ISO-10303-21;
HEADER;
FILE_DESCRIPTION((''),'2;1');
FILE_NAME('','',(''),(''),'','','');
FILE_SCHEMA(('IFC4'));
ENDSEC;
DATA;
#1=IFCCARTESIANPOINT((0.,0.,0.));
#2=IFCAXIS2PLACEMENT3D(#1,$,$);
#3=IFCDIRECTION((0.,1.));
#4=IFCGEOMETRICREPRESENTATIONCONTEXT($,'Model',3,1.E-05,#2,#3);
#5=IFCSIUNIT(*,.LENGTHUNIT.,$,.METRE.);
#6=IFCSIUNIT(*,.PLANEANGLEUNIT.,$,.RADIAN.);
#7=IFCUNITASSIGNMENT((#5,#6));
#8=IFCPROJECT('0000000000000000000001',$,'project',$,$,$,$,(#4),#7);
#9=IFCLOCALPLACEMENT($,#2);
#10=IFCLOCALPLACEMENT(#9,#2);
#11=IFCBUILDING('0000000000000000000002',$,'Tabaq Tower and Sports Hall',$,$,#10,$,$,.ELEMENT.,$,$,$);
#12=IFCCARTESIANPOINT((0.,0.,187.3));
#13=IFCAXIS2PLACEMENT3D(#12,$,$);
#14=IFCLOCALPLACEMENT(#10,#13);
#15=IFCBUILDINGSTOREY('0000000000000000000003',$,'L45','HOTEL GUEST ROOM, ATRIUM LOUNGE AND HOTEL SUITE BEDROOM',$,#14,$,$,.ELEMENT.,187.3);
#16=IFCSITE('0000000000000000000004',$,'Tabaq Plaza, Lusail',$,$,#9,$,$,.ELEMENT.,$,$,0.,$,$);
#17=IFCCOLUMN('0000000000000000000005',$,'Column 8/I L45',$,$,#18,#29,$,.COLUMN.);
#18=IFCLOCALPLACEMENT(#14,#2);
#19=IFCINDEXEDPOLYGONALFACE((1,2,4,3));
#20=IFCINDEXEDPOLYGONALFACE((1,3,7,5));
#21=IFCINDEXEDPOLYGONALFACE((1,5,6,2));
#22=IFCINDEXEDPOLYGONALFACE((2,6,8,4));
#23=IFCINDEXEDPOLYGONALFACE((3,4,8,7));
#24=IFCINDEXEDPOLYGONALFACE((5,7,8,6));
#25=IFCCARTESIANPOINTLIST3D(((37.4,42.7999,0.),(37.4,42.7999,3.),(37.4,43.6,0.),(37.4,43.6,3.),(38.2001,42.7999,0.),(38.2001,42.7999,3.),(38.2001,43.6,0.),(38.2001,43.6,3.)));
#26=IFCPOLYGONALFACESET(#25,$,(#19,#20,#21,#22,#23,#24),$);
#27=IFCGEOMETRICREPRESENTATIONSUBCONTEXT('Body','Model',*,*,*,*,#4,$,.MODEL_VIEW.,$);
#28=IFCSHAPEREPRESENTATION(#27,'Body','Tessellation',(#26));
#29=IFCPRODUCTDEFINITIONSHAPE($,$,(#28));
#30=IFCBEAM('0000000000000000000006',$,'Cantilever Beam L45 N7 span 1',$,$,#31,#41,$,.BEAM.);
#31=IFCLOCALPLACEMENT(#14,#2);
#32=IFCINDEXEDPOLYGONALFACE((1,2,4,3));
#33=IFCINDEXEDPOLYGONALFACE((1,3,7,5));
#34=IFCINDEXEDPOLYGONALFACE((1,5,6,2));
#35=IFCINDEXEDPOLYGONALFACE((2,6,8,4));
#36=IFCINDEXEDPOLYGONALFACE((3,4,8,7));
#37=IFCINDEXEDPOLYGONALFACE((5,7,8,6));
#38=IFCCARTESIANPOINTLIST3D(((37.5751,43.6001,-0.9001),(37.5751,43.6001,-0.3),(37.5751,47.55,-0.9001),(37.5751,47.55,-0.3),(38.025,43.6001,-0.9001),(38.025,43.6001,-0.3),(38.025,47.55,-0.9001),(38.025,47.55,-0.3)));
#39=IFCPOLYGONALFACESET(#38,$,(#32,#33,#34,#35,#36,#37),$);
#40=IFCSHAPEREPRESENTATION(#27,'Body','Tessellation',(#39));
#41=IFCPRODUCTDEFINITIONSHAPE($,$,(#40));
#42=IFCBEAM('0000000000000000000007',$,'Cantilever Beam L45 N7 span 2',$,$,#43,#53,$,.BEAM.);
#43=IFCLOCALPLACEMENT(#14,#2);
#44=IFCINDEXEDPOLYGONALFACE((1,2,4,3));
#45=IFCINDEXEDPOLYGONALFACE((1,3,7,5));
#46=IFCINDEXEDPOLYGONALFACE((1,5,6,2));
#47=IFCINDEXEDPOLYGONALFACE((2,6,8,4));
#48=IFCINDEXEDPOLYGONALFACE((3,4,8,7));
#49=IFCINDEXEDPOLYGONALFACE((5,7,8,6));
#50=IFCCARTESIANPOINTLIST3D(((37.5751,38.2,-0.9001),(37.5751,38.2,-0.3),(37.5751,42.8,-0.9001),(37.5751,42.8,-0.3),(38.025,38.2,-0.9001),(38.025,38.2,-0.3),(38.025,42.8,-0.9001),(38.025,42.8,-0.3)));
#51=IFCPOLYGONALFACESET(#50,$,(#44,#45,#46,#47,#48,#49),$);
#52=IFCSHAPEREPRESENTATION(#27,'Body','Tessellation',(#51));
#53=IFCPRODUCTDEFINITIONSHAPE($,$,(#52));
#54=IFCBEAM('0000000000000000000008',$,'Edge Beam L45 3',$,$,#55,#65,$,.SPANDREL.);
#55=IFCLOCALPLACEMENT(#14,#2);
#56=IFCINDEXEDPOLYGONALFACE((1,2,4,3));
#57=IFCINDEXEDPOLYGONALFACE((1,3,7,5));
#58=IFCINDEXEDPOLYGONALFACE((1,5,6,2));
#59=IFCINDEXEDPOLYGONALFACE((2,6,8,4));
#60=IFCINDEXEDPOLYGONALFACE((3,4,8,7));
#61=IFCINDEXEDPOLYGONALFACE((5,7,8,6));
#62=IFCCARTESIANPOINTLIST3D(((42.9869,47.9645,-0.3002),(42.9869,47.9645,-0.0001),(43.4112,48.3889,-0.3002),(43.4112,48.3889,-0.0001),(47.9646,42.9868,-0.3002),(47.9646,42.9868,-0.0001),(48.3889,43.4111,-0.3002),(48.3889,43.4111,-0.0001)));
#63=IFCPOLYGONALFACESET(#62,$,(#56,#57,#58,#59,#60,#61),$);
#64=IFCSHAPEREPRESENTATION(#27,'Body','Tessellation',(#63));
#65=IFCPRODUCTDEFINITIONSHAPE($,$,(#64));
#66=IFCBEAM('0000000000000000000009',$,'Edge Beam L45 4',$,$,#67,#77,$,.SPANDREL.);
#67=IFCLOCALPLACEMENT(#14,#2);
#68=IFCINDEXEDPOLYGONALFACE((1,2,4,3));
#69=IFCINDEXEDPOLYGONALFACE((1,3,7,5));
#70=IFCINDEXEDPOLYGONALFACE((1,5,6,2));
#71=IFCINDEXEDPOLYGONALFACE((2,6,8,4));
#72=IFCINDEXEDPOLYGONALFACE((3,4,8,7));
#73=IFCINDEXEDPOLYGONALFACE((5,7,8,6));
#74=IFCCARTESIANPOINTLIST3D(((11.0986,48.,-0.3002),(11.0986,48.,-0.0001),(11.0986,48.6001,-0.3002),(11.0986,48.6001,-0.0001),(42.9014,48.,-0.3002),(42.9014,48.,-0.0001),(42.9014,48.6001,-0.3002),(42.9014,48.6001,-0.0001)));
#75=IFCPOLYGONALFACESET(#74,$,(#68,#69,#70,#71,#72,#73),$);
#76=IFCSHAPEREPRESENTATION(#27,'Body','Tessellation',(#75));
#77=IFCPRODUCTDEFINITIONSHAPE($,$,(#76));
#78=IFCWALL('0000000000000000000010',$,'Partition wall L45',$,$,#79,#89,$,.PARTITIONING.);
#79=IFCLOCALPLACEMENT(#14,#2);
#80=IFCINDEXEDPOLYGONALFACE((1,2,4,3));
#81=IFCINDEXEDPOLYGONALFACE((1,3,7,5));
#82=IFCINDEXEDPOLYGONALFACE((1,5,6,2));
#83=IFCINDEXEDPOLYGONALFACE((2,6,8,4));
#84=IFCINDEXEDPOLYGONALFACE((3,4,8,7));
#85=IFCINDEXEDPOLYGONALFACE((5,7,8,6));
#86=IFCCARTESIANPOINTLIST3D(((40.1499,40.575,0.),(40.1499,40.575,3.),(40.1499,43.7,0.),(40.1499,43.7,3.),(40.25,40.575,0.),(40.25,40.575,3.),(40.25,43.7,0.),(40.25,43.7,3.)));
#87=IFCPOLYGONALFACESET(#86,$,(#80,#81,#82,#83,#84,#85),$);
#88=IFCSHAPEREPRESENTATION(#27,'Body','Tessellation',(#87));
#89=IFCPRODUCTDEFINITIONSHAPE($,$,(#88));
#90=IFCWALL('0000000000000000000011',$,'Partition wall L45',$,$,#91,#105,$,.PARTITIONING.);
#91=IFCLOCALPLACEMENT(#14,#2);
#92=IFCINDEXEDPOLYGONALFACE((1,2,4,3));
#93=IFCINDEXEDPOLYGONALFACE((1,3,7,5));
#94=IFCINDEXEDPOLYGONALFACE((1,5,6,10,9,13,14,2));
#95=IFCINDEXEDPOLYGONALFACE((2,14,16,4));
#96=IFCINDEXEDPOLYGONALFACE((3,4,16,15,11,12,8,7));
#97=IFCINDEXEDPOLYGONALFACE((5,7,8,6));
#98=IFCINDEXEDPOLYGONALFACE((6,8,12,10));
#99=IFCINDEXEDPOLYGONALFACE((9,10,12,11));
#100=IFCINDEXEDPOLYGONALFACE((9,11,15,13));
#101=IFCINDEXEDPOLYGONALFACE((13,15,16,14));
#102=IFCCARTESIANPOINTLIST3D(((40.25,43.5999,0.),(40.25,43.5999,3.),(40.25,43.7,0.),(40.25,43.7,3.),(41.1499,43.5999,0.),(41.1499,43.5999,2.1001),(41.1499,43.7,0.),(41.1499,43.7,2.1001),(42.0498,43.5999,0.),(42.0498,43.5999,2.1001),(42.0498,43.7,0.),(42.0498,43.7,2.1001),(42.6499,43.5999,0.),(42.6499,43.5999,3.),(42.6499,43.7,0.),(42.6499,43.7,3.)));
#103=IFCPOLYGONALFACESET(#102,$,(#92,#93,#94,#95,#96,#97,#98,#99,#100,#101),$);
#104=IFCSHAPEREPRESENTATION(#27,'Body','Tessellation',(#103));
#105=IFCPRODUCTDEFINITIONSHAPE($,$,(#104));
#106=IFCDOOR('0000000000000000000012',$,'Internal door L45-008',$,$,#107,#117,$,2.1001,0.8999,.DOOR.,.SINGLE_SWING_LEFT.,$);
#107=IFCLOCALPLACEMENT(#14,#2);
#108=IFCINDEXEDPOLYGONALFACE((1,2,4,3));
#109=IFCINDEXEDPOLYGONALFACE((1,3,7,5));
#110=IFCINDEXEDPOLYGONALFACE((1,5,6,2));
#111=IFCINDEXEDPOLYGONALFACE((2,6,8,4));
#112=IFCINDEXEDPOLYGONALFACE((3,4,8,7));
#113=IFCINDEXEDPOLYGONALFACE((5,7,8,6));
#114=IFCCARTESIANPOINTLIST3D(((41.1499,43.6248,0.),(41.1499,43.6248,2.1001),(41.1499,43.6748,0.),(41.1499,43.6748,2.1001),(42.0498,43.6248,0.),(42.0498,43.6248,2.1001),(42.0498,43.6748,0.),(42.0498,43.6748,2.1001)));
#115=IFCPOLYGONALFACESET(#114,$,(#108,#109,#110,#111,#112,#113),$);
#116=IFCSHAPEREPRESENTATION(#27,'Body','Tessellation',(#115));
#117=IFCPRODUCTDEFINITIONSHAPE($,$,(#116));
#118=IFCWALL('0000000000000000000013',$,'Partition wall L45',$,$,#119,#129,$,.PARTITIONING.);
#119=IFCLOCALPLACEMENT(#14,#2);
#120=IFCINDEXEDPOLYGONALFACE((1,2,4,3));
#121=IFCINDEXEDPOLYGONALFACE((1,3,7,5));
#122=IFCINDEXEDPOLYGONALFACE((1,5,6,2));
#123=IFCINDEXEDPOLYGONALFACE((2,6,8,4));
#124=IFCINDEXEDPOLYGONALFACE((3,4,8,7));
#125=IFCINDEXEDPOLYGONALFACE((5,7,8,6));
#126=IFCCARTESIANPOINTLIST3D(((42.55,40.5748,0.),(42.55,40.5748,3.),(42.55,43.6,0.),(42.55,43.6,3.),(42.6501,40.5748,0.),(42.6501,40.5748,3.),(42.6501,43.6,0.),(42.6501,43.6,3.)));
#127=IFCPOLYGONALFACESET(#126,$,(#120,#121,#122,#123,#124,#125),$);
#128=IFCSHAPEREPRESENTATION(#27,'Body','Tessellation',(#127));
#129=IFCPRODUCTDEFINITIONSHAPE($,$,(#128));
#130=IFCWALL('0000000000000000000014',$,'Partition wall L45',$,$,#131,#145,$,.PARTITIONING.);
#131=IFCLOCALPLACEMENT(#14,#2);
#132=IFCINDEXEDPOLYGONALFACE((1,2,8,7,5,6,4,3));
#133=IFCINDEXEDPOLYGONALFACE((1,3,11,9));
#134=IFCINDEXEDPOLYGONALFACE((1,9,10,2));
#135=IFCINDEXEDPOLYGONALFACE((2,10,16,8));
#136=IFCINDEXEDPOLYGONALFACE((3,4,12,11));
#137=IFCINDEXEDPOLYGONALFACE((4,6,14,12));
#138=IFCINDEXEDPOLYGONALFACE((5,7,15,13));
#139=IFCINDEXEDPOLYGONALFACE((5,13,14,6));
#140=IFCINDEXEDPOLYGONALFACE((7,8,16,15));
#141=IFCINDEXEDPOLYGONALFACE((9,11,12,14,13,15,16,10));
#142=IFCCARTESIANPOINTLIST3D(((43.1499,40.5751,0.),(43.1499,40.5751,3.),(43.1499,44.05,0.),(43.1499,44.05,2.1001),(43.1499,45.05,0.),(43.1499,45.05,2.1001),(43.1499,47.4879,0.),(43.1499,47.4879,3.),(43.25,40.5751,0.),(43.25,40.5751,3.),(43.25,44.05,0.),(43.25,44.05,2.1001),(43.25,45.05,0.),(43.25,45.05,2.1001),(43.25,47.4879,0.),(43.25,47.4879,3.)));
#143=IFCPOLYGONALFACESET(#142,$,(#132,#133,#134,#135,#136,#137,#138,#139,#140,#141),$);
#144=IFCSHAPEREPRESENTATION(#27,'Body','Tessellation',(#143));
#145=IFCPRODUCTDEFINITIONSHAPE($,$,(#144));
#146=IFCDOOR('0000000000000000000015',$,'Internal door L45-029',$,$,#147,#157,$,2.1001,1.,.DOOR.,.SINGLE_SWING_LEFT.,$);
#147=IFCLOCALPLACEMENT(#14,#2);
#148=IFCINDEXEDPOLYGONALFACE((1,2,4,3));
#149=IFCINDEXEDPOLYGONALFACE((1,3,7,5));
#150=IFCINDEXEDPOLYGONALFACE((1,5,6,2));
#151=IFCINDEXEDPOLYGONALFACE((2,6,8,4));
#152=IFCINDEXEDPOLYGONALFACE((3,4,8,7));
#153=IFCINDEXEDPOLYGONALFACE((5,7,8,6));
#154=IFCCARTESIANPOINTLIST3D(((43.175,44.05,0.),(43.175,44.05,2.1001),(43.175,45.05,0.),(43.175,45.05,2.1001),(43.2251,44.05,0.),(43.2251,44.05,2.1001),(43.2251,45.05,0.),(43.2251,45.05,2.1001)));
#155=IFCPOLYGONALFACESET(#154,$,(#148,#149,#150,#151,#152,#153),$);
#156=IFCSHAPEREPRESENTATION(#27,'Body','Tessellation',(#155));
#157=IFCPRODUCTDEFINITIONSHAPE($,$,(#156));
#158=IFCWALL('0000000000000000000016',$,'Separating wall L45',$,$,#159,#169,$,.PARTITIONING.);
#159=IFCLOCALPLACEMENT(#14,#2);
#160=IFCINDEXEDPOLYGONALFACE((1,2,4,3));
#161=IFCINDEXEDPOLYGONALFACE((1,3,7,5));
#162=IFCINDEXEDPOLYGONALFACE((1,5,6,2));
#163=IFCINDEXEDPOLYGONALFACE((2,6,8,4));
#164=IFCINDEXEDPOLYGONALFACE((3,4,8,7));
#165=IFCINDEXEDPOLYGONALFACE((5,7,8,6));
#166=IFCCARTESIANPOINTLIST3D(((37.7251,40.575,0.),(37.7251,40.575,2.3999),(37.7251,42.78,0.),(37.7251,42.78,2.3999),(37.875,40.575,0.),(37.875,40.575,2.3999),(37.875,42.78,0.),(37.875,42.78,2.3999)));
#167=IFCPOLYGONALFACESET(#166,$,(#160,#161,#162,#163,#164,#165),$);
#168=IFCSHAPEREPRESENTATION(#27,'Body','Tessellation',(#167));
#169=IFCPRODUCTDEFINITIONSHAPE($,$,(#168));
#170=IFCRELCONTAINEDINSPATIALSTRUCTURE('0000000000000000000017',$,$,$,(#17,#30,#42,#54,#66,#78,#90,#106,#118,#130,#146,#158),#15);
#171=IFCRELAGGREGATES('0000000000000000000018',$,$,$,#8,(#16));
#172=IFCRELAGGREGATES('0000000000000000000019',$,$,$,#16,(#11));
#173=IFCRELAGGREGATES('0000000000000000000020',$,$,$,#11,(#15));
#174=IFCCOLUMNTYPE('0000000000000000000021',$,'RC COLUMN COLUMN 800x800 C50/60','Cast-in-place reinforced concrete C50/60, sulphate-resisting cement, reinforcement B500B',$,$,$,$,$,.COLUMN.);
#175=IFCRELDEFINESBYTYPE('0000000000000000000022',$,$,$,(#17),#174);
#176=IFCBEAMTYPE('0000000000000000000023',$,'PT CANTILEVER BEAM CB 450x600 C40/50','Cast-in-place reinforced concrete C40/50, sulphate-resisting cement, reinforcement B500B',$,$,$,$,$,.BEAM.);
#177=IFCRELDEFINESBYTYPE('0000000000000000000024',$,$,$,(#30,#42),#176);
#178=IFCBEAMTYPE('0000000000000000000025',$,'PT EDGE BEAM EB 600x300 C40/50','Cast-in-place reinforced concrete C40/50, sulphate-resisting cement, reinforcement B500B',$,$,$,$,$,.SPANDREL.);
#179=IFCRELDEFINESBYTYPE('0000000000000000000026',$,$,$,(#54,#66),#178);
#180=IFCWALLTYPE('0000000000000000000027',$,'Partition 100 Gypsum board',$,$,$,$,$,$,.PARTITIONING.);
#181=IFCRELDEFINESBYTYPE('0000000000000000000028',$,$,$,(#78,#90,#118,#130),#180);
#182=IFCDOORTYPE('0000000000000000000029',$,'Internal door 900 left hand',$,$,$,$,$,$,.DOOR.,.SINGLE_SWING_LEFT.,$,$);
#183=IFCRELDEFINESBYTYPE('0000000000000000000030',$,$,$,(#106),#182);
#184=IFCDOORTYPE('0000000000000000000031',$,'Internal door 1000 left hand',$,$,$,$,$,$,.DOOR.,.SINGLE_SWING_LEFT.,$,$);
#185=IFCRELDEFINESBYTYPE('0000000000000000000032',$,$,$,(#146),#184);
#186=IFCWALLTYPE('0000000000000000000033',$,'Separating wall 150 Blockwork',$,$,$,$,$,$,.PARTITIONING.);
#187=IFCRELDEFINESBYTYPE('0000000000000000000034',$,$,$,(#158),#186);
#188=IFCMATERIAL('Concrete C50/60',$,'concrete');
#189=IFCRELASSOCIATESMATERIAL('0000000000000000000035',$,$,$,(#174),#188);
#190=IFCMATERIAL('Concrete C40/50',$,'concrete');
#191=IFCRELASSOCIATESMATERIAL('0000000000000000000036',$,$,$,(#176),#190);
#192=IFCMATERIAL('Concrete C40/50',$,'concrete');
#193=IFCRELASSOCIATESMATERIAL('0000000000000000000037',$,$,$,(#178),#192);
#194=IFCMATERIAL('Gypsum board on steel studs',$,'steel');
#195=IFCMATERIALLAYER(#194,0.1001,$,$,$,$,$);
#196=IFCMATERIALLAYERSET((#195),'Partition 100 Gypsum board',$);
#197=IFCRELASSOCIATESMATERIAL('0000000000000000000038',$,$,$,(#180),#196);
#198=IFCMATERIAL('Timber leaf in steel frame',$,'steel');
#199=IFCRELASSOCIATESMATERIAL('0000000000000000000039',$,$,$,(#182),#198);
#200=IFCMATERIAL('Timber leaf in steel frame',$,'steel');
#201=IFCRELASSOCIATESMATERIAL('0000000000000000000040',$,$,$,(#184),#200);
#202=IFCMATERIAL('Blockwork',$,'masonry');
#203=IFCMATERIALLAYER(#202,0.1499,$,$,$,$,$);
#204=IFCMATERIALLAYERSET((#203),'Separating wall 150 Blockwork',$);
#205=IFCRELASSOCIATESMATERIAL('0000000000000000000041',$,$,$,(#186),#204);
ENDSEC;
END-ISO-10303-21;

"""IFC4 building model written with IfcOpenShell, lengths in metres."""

from ifc_helpers import new_model, si_unit, direction, frame, frame_2d, origin, origin_2d, place, context, subcontext, project, spatial, rectangle, extrude, material, layer, layer_set, material_profile, profile_set, type_object, element, fill, save


model = new_model("IFC4")

# Units and contexts
model_context = context("Model", 3, precision=1e-05, world=origin(), true_north=direction((0.0, 1.0)))
body_context = subcontext(model_context, "Body", "Model", "MODEL_VIEW")
ifc_project = project(units=[si_unit("LENGTHUNIT", "METRE"), si_unit("PLANEANGLEUNIT", "RADIAN")], contexts=[model_context])

# Site, building, storey
site_placement = place(None, origin())
site = spatial("IfcSite", under=ifc_project, at=site_placement, Name="Tabaq Plaza, Lusail", CompositionType="ELEMENT", RefElevation=0.0)
building_placement = place(site_placement, origin())
building = spatial("IfcBuilding", under=site, at=building_placement, Name="Tabaq Tower and Sports Hall", CompositionType="ELEMENT")
storey_placement = place(building_placement, frame((0.0, 0.0, 187.3)))
storey = spatial("IfcBuildingStorey", under=building, at=storey_placement, Name="L45", Description="HOTEL GUEST ROOM, ATRIUM LOUNGE AND HOTEL SUITE BEDROOM", CompositionType="ELEMENT", Elevation=187.3)

# Column
ifc_material_1 = material(Name="Concrete C50/60", Category="concrete")
ifc_material_profile_1 = material_profile(ifc_material_1, rectangle(XDim=0.8, YDim=0.8, at=origin_2d()), Name="COLUMN 800x800")
ifc_profile_set_1 = profile_set([ifc_material_profile_1], Name="Concrete C50/60")
column_type = type_object("IfcColumnType", Name="RC COLUMN COLUMN 800x800 C50/60", Description="Cast-in-place reinforced concrete C50/60, sulphate-resisting cement, reinforcement B500B", PredefinedType="COLUMN", material=ifc_profile_set_1)
column_placement = place(storey_placement, frame((37.8, 43.2, 0.0), z_axis=(0.0, 0.0, 1.0), x_axis=(1.0, 0.0, 0.0)))
element("IfcColumn", 1, at=column_placement, inside=storey, type_object=column_type, Name="Column 8/I L45", PredefinedType="COLUMN", context=body_context, shape_type="SweptSolid", body=[
    extrude(rectangle(XDim=0.8, YDim=0.8, at=origin_2d()), origin(), (0.0, 0.0, 1.0), 3.0),
])

# Beams
ifc_material_2 = material(Name="Concrete C40/50", Category="concrete")
ifc_material_profile_2 = material_profile(ifc_material_2, rectangle(XDim=0.45, YDim=0.6001, at=origin_2d()), Name="CB 450x600")
ifc_profile_set_2 = profile_set([ifc_material_profile_2], Name="Concrete C40/50")
beam_type_1 = type_object("IfcBeamType", Name="PT CANTILEVER BEAM CB 450x600 C40/50", Description="Cast-in-place reinforced concrete C40/50, sulphate-resisting cement, reinforcement B500B", PredefinedType="BEAM", material=ifc_profile_set_2)
beam_1_placement = place(storey_placement, frame((37.8, 47.55, -0.6001), z_axis=(0.0, -1.0, 0.0), x_axis=(1.0, 0.0, 0.0)))
element("IfcBeam", 2, at=beam_1_placement, inside=storey, type_object=beam_type_1, Name="Cantilever Beam L45 N7 span 1", PredefinedType="BEAM", context=body_context, shape_type="SweptSolid", body=[
    extrude(rectangle(XDim=0.45, YDim=0.6001, at=origin_2d()), origin(), (0.0, 0.0, 1.0), 3.95),
])
beam_2_placement = place(storey_placement, frame((37.8, 42.8, -0.6001), z_axis=(0.0, -1.0, 0.0), x_axis=(1.0, 0.0, 0.0)))
element("IfcBeam", 3, at=beam_2_placement, inside=storey, type_object=beam_type_1, Name="Cantilever Beam L45 N7 span 2", PredefinedType="BEAM", context=body_context, shape_type="SweptSolid", body=[
    extrude(rectangle(XDim=0.45, YDim=0.6001, at=origin_2d()), origin(), (0.0, 0.0, 1.0), 4.6001),
])
ifc_material_3 = material(Name="Concrete C40/50", Category="concrete")
ifc_material_profile_3 = material_profile(ifc_material_3, rectangle(XDim=0.6001, YDim=0.3, at=origin_2d()), Name="EB 600x300")
ifc_profile_set_3 = profile_set([ifc_material_profile_3], Name="Concrete C40/50")
beam_type_2 = type_object("IfcBeamType", Name="PT EDGE BEAM EB 600x300 C40/50", Description="Cast-in-place reinforced concrete C40/50, sulphate-resisting cement, reinforcement B500B", PredefinedType="SPANDREL", material=ifc_profile_set_3)
beam_3_placement = place(storey_placement, frame((48.1768, 43.199, -0.1501), z_axis=(-0.707107, 0.707107, 0.0), x_axis=(-0.707107, -0.707107, 0.0)))
element("IfcBeam", 4, at=beam_3_placement, inside=storey, type_object=beam_type_2, Name="Edge Beam L45 3", PredefinedType="SPANDREL", context=body_context, shape_type="SweptSolid", body=[
    extrude(rectangle(XDim=0.6001, YDim=0.3, at=origin_2d()), origin(), (0.0, 0.0, 1.0), 7.0396),
])
beam_4_placement = place(storey_placement, frame((42.9014, 48.3, -0.1501), z_axis=(-1.0, 0.0, 0.0), x_axis=(0.0, -1.0, 0.0)))
element("IfcBeam", 5, at=beam_4_placement, inside=storey, type_object=beam_type_2, Name="Edge Beam L45 4", PredefinedType="SPANDREL", context=body_context, shape_type="SweptSolid", body=[
    extrude(rectangle(XDim=0.6001, YDim=0.3, at=origin_2d()), origin(), (0.0, 0.0, 1.0), 31.8027),
])

# Wall
ifc_material_4 = material(Name="Gypsum board on steel studs", Category="steel")
ifc_layer_1 = layer(ifc_material_4, 0.1001)
ifc_layer_set_1 = layer_set([ifc_layer_1], Name="Partition 100 Gypsum board")
wall_type_1 = type_object("IfcWallType", Name="Partition 100 Gypsum board", PredefinedType="PARTITIONING", material=ifc_layer_set_1)
wall_1_placement = place(storey_placement, frame((40.2, 40.575, 0.0), z_axis=(0.0, 0.0, 1.0), x_axis=(0.0, 1.0, 0.0)))
element("IfcWall", 6, at=wall_1_placement, inside=storey, type_object=wall_type_1, Name="Partition wall L45", PredefinedType="PARTITIONING", context=body_context, shape_type="SweptSolid", body=[
    extrude(rectangle(XDim=3.125, YDim=0.1001, at=frame_2d((1.5625, 0.0))), origin(), (0.0, 0.0, 1.0), 3.0),
])

# Wall, opening, door
wall_2_placement = place(storey_placement, frame((40.25, 43.6499, 0.0), z_axis=(0.0, 0.0, 1.0), x_axis=(1.0, 0.0, 0.0)))
wall_2 = element("IfcWall", 7, at=wall_2_placement, inside=storey, type_object=wall_type_1, Name="Partition wall L45", PredefinedType="PARTITIONING", context=body_context, shape_type="SweptSolid", body=[
    extrude(rectangle(XDim=2.3999, YDim=0.1001, at=frame_2d((1.2, 0.0))), origin(), (0.0, 0.0, 1.0), 3.0),
])
opening_1_placement = place(wall_2_placement, frame((0.8999, 0.0, 0.0)))
opening_1 = element("IfcOpeningElement", 8, at=opening_1_placement, cuts=wall_2, PredefinedType="OPENING", context=body_context, shape_type="SweptSolid", body=[
    extrude(rectangle(XDim=0.8999, YDim=2.1001, at=frame_2d((0.45, 1.05))), frame((0.0, 0.05, 0.0), z_axis=(0.0, -1.0, 0.0), x_axis=(1.0, 0.0, 0.0)), (0.0, 0.0, 1.0), 0.1001),
])
ifc_material_5 = material(Name="Timber leaf in steel frame", Category="steel")
door_type_1 = type_object("IfcDoorType", Name="Internal door 900 left hand", OperationType="SINGLE_SWING_LEFT", PredefinedType="DOOR", material=ifc_material_5)
door_1_placement = place(opening_1_placement, origin())
door_1 = element("IfcDoor", 9, at=door_1_placement, inside=storey, type_object=door_type_1, Name="Internal door L45-008", OperationType="SINGLE_SWING_LEFT", OverallHeight=2.1001, OverallWidth=0.8999, PredefinedType="DOOR", context=body_context, shape_type="SweptSolid", body=[
    extrude(rectangle(XDim=0.8999, YDim=2.1001, at=frame_2d((0.45, 1.05))), frame((0.0, 0.0249, 0.0), z_axis=(0.0, -1.0, 0.0), x_axis=(1.0, 0.0, 0.0)), (0.0, 0.0, 1.0), 0.05),
])
fill(opening_1, door_1)

# Wall
wall_3_placement = place(storey_placement, frame((42.6001, 43.6001, 0.0), z_axis=(0.0, 0.0, 1.0), x_axis=(0.0, -1.0, 0.0)))
element("IfcWall", 10, at=wall_3_placement, inside=storey, type_object=wall_type_1, Name="Partition wall L45", PredefinedType="PARTITIONING", context=body_context, shape_type="SweptSolid", body=[
    extrude(rectangle(XDim=3.0251, YDim=0.1001, at=frame_2d((1.5127, 0.0))), origin(), (0.0, 0.0, 1.0), 3.0),
])

# Wall, opening, door
wall_4_placement = place(storey_placement, frame((43.2, 40.575, 0.0), z_axis=(0.0, 0.0, 1.0), x_axis=(0.0, 1.0, 0.0)))
wall_4 = element("IfcWall", 11, at=wall_4_placement, inside=storey, type_object=wall_type_1, Name="Partition wall L45", PredefinedType="PARTITIONING", context=body_context, shape_type="SweptSolid", body=[
    extrude(rectangle(XDim=6.9128, YDim=0.1001, at=frame_2d((3.4565, 0.0))), origin(), (0.0, 0.0, 1.0), 3.0),
])
opening_2_placement = place(wall_4_placement, frame((3.4751, 0.0, 0.0)))
opening_2 = element("IfcOpeningElement", 12, at=opening_2_placement, cuts=wall_4, PredefinedType="OPENING", context=body_context, shape_type="SweptSolid", body=[
    extrude(rectangle(XDim=1.0, YDim=2.1001, at=frame_2d((0.5, 1.05))), frame((0.0, 0.05, 0.0), z_axis=(0.0, -1.0, 0.0), x_axis=(1.0, 0.0, 0.0)), (0.0, 0.0, 1.0), 0.1001),
])
ifc_material_6 = material(Name="Timber leaf in steel frame", Category="steel")
door_type_2 = type_object("IfcDoorType", Name="Internal door 1000 left hand", OperationType="SINGLE_SWING_LEFT", PredefinedType="DOOR", material=ifc_material_6)
door_2_placement = place(opening_2_placement, origin())
door_2 = element("IfcDoor", 13, at=door_2_placement, inside=storey, type_object=door_type_2, Name="Internal door L45-029", OperationType="SINGLE_SWING_LEFT", OverallHeight=2.1001, OverallWidth=1.0, PredefinedType="DOOR", context=body_context, shape_type="SweptSolid", body=[
    extrude(rectangle(XDim=1.0, YDim=2.1001, at=frame_2d((0.5, 1.05))), frame((0.0, 0.0249, 0.0), z_axis=(0.0, -1.0, 0.0), x_axis=(1.0, 0.0, 0.0)), (0.0, 0.0, 1.0), 0.05),
])
fill(opening_2, door_2)

# Wall
ifc_material_7 = material(Name="Blockwork", Category="masonry")
ifc_layer_2 = layer(ifc_material_7, 0.1499)
ifc_layer_set_2 = layer_set([ifc_layer_2], Name="Separating wall 150 Blockwork")
wall_type_2 = type_object("IfcWallType", Name="Separating wall 150 Blockwork", PredefinedType="PARTITIONING", material=ifc_layer_set_2)
wall_5_placement = place(storey_placement, frame((37.8, 40.575, 0.0), z_axis=(0.0, 0.0, 1.0), x_axis=(0.0, 1.0, 0.0)))
element("IfcWall", 14, at=wall_5_placement, inside=storey, type_object=wall_type_2, Name="Separating wall L45", PredefinedType="PARTITIONING", context=body_context, shape_type="SweptSolid", body=[
    extrude(rectangle(XDim=2.2051, YDim=0.1499, at=frame_2d((1.1025, 0.0))), origin(), (0.0, 0.0, 1.0), 2.3999),
])

save(model, "model.ifc")
